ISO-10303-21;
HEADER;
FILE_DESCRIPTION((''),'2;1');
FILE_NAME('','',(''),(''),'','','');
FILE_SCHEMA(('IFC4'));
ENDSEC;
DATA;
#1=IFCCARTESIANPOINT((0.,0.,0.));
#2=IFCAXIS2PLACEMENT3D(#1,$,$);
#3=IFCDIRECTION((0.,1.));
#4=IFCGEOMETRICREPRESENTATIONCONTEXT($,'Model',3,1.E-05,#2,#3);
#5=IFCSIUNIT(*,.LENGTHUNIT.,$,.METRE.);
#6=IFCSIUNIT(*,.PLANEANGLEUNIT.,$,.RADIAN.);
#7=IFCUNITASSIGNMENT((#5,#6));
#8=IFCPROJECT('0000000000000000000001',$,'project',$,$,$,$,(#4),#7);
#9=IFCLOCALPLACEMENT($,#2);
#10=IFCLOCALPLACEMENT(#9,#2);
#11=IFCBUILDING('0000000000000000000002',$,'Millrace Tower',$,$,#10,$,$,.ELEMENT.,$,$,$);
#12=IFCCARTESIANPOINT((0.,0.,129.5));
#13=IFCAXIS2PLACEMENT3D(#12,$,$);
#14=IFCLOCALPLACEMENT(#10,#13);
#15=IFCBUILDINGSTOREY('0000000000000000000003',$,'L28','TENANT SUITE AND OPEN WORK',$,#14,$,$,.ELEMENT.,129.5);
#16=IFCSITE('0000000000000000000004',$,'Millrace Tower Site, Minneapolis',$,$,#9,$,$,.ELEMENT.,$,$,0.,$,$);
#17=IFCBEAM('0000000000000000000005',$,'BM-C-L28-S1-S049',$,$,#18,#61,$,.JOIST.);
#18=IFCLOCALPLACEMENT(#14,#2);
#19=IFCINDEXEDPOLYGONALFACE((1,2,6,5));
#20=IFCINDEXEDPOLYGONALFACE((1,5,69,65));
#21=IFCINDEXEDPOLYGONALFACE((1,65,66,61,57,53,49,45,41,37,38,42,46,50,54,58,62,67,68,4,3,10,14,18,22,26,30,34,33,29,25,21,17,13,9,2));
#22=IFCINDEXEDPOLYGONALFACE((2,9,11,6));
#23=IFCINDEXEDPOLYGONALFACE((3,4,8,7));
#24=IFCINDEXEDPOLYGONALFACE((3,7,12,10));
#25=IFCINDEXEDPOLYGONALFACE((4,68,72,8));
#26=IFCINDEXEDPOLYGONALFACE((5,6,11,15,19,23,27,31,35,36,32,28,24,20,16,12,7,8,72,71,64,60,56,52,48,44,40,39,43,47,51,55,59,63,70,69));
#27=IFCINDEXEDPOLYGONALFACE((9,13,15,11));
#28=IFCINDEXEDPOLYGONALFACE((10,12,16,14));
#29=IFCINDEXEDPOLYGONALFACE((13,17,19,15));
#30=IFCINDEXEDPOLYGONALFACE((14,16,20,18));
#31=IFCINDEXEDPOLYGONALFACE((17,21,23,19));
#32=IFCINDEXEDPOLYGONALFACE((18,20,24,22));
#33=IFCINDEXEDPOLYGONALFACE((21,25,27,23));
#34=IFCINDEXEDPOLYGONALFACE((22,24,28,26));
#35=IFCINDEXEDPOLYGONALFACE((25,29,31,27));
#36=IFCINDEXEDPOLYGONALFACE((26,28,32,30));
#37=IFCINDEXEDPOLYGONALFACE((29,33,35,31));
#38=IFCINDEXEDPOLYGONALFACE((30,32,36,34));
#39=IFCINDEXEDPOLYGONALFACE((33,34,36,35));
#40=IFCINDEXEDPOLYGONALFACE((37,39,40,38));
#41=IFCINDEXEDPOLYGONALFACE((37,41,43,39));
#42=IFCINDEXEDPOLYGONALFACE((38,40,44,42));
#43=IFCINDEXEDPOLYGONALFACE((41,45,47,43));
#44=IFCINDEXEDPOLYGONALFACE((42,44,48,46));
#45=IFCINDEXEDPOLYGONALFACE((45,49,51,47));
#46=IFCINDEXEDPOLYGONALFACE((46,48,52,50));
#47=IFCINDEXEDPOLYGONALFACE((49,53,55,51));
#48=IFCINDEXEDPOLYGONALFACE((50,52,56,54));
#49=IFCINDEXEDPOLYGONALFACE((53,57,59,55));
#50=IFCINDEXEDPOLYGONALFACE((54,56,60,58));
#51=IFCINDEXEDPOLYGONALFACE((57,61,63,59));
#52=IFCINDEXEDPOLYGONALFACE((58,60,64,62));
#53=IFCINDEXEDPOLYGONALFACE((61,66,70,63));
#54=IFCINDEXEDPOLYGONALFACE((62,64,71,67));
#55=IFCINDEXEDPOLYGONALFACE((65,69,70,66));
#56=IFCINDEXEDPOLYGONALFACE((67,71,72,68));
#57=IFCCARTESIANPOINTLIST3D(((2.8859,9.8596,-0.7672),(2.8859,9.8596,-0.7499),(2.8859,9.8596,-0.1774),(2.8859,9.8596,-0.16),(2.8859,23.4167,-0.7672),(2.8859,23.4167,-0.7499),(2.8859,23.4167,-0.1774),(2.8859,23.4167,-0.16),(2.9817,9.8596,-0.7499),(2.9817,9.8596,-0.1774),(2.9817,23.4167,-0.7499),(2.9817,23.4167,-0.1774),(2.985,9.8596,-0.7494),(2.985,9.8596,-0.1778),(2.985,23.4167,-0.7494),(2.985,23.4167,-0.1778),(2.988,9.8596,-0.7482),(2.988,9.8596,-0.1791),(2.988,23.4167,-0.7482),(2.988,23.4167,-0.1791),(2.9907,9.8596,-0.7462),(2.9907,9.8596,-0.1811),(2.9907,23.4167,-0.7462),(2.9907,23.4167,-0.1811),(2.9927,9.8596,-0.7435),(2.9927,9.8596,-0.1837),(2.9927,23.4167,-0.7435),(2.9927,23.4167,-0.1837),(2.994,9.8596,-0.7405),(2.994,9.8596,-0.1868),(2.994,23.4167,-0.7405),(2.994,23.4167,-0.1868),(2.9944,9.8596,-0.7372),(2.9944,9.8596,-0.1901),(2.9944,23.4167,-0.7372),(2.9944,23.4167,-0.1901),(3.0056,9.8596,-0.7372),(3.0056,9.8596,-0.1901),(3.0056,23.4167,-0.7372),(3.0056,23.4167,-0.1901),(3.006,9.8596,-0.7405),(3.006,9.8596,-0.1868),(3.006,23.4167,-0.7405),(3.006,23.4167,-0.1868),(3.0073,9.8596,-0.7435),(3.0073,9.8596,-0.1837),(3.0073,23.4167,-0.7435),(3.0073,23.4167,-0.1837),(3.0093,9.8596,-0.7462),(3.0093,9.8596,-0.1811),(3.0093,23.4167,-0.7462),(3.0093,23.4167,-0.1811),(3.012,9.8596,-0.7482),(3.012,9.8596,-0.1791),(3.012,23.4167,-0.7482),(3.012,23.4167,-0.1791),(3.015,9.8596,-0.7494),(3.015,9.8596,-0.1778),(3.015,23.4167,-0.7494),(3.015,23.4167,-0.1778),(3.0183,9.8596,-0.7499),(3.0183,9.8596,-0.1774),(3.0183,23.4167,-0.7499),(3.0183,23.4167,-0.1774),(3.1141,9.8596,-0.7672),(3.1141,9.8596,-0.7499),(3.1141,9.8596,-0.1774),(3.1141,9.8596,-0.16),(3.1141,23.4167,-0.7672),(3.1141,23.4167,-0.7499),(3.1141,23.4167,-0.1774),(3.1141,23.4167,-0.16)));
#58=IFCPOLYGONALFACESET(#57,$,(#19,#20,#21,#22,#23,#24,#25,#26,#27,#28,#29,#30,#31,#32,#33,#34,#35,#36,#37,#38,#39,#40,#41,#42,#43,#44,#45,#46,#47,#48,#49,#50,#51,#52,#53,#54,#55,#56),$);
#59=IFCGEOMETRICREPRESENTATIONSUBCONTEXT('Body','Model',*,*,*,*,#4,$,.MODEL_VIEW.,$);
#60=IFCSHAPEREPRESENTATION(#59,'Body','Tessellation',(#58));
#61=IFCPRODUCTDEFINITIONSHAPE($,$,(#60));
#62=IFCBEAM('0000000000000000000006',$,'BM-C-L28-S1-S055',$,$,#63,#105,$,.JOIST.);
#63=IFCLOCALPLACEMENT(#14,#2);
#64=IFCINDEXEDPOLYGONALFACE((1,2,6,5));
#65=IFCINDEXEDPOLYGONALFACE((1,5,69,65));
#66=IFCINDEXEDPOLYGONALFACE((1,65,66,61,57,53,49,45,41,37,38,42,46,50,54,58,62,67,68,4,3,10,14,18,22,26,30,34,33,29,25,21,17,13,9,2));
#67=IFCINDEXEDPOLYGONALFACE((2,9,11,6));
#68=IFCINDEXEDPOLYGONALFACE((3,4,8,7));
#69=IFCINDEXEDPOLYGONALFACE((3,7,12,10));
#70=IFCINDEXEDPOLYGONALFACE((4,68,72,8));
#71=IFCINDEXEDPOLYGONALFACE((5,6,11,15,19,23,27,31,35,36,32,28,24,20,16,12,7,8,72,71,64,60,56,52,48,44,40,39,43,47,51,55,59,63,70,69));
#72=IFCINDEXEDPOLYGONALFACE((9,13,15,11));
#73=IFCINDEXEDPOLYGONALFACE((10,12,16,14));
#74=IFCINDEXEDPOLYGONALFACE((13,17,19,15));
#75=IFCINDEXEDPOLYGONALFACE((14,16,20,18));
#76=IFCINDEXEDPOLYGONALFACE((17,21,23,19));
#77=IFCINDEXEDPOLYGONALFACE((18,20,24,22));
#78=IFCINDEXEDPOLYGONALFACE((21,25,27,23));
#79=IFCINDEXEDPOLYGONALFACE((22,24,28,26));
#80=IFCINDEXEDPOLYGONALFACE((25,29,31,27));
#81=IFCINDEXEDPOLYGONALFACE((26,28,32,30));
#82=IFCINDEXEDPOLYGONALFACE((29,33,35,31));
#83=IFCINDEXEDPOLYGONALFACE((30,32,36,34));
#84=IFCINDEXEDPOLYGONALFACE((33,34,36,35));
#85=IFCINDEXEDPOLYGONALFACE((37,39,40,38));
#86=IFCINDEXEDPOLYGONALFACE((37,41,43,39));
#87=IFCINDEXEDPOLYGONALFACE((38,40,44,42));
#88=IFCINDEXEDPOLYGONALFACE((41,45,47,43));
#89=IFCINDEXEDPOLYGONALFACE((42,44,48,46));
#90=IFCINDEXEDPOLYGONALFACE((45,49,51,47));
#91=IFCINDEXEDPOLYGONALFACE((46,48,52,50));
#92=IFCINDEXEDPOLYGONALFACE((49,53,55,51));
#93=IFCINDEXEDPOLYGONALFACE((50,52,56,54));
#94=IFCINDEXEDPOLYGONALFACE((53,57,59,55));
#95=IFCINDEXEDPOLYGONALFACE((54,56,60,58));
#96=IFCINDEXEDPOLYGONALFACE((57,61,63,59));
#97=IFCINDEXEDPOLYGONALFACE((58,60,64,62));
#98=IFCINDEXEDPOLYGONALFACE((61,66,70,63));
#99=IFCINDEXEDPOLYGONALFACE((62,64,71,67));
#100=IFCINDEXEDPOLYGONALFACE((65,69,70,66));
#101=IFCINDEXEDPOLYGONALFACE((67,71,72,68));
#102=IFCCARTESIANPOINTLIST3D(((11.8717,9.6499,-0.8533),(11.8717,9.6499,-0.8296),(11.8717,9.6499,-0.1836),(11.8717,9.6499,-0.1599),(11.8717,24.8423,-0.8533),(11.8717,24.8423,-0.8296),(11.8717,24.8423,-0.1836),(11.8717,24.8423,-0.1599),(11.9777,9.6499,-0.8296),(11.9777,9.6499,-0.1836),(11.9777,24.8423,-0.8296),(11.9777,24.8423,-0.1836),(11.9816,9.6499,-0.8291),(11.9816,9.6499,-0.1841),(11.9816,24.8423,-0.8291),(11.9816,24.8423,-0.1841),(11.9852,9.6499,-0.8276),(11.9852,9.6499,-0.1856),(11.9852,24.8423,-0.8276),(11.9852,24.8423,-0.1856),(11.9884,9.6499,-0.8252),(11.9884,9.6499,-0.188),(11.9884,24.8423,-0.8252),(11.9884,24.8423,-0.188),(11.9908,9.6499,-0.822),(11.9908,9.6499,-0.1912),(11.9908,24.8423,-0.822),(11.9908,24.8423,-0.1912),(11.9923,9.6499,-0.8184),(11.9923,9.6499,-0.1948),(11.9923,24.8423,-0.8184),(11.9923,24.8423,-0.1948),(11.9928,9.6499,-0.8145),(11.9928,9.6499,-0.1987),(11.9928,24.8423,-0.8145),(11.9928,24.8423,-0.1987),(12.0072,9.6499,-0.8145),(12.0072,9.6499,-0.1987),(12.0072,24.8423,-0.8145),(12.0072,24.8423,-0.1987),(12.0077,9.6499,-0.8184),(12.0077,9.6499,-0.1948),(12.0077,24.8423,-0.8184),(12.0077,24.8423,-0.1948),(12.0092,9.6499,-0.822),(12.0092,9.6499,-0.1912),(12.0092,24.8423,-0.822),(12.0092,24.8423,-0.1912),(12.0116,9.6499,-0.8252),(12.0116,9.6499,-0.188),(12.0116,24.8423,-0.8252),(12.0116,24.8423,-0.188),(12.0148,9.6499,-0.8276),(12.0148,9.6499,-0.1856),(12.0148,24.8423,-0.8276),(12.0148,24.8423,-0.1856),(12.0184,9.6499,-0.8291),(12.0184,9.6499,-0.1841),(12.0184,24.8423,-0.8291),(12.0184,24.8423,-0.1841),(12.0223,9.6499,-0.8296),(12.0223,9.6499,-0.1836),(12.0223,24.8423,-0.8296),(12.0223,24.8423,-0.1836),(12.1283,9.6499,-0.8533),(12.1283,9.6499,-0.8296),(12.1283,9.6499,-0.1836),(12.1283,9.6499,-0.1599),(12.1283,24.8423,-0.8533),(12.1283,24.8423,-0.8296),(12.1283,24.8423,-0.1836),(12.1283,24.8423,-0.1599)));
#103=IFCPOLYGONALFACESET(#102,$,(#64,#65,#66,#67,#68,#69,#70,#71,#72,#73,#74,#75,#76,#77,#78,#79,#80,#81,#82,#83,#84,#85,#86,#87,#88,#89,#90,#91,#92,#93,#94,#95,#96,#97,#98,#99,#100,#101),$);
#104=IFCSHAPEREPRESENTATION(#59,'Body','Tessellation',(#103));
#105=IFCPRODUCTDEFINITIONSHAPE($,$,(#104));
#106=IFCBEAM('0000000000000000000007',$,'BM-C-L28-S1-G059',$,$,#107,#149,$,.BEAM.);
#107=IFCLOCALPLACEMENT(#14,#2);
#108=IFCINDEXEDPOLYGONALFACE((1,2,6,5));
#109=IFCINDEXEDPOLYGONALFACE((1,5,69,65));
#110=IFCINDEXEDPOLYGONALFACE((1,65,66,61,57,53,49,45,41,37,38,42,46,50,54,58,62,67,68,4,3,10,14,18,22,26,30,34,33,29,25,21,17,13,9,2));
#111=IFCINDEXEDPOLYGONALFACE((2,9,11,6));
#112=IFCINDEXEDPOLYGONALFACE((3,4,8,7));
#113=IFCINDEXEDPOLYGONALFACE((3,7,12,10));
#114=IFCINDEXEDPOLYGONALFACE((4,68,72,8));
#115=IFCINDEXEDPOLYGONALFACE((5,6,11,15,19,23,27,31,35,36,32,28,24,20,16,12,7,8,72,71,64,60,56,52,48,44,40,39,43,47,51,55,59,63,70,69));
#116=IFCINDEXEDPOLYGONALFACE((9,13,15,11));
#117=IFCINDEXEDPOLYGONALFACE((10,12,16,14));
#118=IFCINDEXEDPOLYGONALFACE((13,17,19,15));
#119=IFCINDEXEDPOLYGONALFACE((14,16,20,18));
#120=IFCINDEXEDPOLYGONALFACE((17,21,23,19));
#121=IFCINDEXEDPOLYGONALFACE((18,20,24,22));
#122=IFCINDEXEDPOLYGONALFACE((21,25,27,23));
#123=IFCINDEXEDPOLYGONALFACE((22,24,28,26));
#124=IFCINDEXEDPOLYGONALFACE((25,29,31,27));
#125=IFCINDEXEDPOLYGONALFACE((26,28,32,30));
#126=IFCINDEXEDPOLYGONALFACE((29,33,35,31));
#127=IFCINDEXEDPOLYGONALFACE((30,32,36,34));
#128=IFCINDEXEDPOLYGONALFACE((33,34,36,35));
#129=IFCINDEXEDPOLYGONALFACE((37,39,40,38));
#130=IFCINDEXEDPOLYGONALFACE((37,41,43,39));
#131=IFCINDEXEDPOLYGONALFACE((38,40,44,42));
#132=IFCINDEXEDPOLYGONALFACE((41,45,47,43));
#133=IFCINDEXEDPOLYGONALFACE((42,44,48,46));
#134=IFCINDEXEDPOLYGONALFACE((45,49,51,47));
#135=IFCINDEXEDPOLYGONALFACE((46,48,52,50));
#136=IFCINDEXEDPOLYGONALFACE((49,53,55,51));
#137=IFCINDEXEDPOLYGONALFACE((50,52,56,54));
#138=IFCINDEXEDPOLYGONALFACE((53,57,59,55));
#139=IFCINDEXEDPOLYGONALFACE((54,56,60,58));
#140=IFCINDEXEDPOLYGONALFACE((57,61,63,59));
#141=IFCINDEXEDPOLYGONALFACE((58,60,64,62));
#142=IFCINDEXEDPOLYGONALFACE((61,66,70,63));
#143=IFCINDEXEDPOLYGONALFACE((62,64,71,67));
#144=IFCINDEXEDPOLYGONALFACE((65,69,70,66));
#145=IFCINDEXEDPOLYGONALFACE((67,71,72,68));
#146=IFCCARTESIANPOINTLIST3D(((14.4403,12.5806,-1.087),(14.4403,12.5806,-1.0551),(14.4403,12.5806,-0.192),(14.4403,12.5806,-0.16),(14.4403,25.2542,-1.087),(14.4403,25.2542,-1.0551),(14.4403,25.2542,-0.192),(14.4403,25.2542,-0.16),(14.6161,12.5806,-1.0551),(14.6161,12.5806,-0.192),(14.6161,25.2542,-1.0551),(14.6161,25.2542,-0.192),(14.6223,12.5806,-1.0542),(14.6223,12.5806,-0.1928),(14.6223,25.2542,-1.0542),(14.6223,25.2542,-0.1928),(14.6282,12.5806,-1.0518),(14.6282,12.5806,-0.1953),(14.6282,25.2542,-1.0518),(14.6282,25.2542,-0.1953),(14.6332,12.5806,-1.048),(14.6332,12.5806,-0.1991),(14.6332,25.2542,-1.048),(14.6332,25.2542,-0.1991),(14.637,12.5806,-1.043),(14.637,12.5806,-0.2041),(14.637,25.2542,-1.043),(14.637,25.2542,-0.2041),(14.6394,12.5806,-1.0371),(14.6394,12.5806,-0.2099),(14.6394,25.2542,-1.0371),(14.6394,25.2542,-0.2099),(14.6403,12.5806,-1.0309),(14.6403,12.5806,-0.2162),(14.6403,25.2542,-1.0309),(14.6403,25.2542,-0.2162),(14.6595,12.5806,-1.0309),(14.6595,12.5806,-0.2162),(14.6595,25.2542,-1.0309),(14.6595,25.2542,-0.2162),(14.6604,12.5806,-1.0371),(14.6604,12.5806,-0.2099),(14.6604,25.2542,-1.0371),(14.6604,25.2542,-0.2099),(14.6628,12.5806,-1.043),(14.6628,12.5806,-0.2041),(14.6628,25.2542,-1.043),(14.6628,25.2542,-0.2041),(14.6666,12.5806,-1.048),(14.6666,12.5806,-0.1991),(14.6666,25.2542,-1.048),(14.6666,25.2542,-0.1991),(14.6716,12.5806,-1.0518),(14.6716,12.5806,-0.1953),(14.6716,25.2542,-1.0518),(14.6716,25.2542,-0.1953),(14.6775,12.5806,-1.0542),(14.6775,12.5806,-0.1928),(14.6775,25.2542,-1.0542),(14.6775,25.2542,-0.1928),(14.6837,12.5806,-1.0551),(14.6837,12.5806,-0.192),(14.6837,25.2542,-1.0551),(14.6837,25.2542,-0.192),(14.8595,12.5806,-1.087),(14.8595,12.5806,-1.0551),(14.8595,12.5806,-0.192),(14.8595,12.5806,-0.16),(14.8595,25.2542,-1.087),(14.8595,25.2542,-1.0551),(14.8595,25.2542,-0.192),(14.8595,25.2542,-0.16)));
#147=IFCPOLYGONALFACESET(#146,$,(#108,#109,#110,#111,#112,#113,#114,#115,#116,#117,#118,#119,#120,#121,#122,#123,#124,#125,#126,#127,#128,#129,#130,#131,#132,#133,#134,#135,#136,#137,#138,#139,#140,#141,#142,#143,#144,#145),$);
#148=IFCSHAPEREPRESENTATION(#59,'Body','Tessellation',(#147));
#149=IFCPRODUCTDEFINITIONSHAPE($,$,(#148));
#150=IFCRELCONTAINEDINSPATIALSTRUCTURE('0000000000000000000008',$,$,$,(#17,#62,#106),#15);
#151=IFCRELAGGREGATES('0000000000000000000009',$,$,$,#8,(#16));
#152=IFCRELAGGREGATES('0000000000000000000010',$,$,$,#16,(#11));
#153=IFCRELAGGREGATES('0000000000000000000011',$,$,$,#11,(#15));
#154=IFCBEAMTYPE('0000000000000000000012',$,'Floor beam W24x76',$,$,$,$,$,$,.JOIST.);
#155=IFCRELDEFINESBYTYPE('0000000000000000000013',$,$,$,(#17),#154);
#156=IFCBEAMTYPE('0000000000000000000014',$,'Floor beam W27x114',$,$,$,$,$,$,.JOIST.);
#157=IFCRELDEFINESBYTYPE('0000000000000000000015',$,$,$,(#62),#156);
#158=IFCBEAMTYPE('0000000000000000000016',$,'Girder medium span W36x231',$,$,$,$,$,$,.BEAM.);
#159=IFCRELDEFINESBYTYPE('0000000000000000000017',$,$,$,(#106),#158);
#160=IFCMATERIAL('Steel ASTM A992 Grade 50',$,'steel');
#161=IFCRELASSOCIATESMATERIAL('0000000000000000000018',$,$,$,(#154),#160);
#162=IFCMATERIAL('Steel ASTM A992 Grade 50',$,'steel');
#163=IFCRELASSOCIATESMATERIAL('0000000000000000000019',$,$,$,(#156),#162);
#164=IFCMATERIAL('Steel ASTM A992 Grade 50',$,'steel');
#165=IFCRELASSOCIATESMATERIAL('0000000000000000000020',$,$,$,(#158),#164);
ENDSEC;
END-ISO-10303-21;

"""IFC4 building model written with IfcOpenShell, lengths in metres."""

from ifc_helpers import new_model, si_unit, direction, frame, origin, origin_2d, place, context, subcontext, project, spatial, i_section, extrude, material, material_profile, profile_set, type_object, element, save


model = new_model("IFC4")

# Units and contexts
model_context = context("Model", 3, precision=1e-05, world=origin(), true_north=direction((0.0, 1.0)))
body_context = subcontext(model_context, "Body", "Model", "MODEL_VIEW")
ifc_project = project(units=[si_unit("LENGTHUNIT", "METRE"), si_unit("PLANEANGLEUNIT", "RADIAN")], contexts=[model_context])

# Site, building, storey
site_placement = place(None, origin())
site = spatial("IfcSite", under=ifc_project, at=site_placement, Name="Millrace Tower Site, Minneapolis", CompositionType="ELEMENT", RefElevation=0.0)
building_placement = place(site_placement, origin())
building = spatial("IfcBuilding", under=site, at=building_placement, Name="Millrace Tower", CompositionType="ELEMENT")
storey_placement = place(building_placement, frame((0.0, 0.0, 129.5)))
storey = spatial("IfcBuildingStorey", under=building, at=storey_placement, Name="L28", Description="TENANT SUITE AND OPEN WORK", CompositionType="ELEMENT", Elevation=129.5)

# Beams
ifc_material_1 = material(Name="Steel ASTM A992 Grade 50", Category="steel")
ifc_material_profile_1 = material_profile(ifc_material_1, i_section(OverallWidth=0.2283, OverallDepth=0.6072, WebThickness=0.0112, FlangeThickness=0.0173, FilletRadius=0.0127, at=origin_2d()))
ifc_profile_set_1 = profile_set([ifc_material_profile_1], Name="Steel ASTM A992 Grade 50")
beam_type_1 = type_object("IfcBeamType", Name="Floor beam W24x76", PredefinedType="JOIST", material=ifc_profile_set_1)
beam_1_placement = place(storey_placement, frame((3.0, 9.8596, -0.4636), z_axis=(0.0, 1.0, 0.0), x_axis=(-1.0, 0.0, 0.0)))
element("IfcBeam", 1, at=beam_1_placement, inside=storey, type_object=beam_type_1, Name="BM-C-L28-S1-S049", PredefinedType="JOIST", context=body_context, shape_type="SweptSolid", body=[
    extrude(i_section(OverallWidth=0.2283, OverallDepth=0.6072, WebThickness=0.0112, FlangeThickness=0.0173, FilletRadius=0.0127, at=origin_2d()), origin(), (0.0, 0.0, 1.0), 13.5571),
])
ifc_material_2 = material(Name="Steel ASTM A992 Grade 50", Category="steel")
ifc_material_profile_2 = material_profile(ifc_material_2, i_section(OverallWidth=0.2566, OverallDepth=0.6934, WebThickness=0.0144, FlangeThickness=0.0237, FilletRadius=0.0151, at=origin_2d()))
ifc_profile_set_2 = profile_set([ifc_material_profile_2], Name="Steel ASTM A992 Grade 50")
beam_type_2 = type_object("IfcBeamType", Name="Floor beam W27x114", PredefinedType="JOIST", material=ifc_profile_set_2)
beam_2_placement = place(storey_placement, frame((12.0, 9.6499, -0.5066), z_axis=(0.0, 1.0, 0.0), x_axis=(-1.0, 0.0, 0.0)))
element("IfcBeam", 2, at=beam_2_placement, inside=storey, type_object=beam_type_2, Name="BM-C-L28-S1-S055", PredefinedType="JOIST", context=body_context, shape_type="SweptSolid", body=[
    extrude(i_section(OverallWidth=0.2566, OverallDepth=0.6934, WebThickness=0.0144, FlangeThickness=0.0237, FilletRadius=0.0151, at=origin_2d()), origin(), (0.0, 0.0, 1.0), 15.1924),
])
ifc_material_3 = material(Name="Steel ASTM A992 Grade 50", Category="steel")
ifc_material_profile_3 = material_profile(ifc_material_3, i_section(OverallWidth=0.4192, OverallDepth=0.927, WebThickness=0.0193, FlangeThickness=0.032, FilletRadius=0.0242, at=origin_2d()))
ifc_profile_set_3 = profile_set([ifc_material_profile_3], Name="Steel ASTM A992 Grade 50")
beam_type_3 = type_object("IfcBeamType", Name="Girder medium span W36x231", PredefinedType="BEAM", material=ifc_profile_set_3)
beam_3_placement = place(storey_placement, frame((14.6499, 12.5806, -0.6235), z_axis=(0.0, 1.0, 0.0), x_axis=(-1.0, 0.0, 0.0)))
element("IfcBeam", 3, at=beam_3_placement, inside=storey, type_object=beam_type_3, Name="BM-C-L28-S1-G059", PredefinedType="BEAM", context=body_context, shape_type="SweptSolid", body=[
    extrude(i_section(OverallWidth=0.4192, OverallDepth=0.927, WebThickness=0.0193, FlangeThickness=0.032, FilletRadius=0.0242, at=origin_2d()), origin(), (0.0, 0.0, 1.0), 12.6736),
])

save(model, "model.ifc")
